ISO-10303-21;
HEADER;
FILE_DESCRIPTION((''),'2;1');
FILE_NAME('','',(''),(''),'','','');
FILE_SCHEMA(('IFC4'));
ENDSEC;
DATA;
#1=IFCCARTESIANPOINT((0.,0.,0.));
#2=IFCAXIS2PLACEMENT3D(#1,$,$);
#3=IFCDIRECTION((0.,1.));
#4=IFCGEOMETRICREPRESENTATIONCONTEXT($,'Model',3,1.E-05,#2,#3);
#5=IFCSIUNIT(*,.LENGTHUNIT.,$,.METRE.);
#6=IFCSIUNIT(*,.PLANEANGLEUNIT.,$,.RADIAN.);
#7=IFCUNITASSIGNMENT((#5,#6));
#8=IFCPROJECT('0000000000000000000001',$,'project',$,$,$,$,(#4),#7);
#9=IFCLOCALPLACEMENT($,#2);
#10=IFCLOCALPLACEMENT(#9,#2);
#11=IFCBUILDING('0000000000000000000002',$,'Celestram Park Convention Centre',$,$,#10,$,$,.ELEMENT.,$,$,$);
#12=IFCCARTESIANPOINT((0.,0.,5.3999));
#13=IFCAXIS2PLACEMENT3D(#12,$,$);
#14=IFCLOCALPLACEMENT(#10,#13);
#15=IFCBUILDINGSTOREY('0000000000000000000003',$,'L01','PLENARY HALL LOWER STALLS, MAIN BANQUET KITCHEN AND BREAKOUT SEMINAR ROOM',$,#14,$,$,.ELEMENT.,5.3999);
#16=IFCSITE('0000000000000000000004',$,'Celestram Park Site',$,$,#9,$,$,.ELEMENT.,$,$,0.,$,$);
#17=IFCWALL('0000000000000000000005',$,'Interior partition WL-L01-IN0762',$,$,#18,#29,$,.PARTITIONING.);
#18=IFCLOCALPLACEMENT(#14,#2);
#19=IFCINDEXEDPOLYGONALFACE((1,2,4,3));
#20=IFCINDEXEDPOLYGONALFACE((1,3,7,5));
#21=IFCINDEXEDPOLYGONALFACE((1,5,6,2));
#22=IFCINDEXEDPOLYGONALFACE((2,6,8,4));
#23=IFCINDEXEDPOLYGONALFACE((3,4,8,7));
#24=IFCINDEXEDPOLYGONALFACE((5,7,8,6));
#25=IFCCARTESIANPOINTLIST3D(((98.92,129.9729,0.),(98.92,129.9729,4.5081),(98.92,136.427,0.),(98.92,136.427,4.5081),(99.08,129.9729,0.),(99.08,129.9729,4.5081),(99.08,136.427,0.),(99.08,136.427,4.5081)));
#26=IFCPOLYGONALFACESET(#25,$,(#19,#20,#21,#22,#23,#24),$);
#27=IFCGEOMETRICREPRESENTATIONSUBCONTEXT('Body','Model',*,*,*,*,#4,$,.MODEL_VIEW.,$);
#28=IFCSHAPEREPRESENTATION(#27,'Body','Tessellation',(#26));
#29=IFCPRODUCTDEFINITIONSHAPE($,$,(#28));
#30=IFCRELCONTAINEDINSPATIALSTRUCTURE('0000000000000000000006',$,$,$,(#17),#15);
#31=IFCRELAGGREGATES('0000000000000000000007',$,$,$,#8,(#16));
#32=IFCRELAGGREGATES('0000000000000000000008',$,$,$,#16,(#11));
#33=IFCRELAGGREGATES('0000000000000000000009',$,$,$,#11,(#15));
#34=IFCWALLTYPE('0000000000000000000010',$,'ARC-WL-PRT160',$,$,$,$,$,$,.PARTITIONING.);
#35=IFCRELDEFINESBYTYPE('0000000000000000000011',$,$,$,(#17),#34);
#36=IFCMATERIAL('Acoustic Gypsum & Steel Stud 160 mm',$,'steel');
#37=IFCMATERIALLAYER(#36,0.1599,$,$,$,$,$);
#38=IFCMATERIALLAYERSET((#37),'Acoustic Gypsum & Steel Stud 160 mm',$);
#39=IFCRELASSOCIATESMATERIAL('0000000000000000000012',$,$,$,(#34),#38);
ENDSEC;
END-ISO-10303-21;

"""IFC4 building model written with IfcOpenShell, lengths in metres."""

from ifc_helpers import new_model, si_unit, direction, frame, frame_2d, origin, place, context, subcontext, project, spatial, rectangle, extrude, material, layer, layer_set, type_object, element, save


model = new_model("IFC4")

# Units and contexts
model_context = context("Model", 3, precision=1e-05, world=origin(), true_north=direction((0.0, 1.0)))
body_context = subcontext(model_context, "Body", "Model", "MODEL_VIEW")
ifc_project = project(units=[si_unit("LENGTHUNIT", "METRE"), si_unit("PLANEANGLEUNIT", "RADIAN")], contexts=[model_context])

# Site, building, storey
site_placement = place(None, origin())
site = spatial("IfcSite", under=ifc_project, at=site_placement, Name="Celestram Park Site", CompositionType="ELEMENT", RefElevation=0.0)
building_placement = place(site_placement, origin())
building = spatial("IfcBuilding", under=site, at=building_placement, Name="Celestram Park Convention Centre", CompositionType="ELEMENT")
storey_placement = place(building_placement, frame((0.0, 0.0, 5.3999)))
storey = spatial("IfcBuildingStorey", under=building, at=storey_placement, Name="L01", Description="PLENARY HALL LOWER STALLS, MAIN BANQUET KITCHEN AND BREAKOUT SEMINAR ROOM", CompositionType="ELEMENT", Elevation=5.3999)

# Wall
ifc_material_1 = material(Name="Acoustic Gypsum & Steel Stud 160 mm", Category="steel")
ifc_layer_1 = layer(ifc_material_1, 0.1599)
ifc_layer_set_1 = layer_set([ifc_layer_1], Name="Acoustic Gypsum & Steel Stud 160 mm")
wall_type_1 = type_object("IfcWallType", Name="ARC-WL-PRT160", PredefinedType="PARTITIONING", material=ifc_layer_set_1)
wall_1_placement = place(storey_placement, frame((99.0, 129.9729, 0.0), z_axis=(0.0, 0.0, 1.0), x_axis=(0.0, 1.0, 0.0)))
element("IfcWall", 1, at=wall_1_placement, inside=storey, type_object=wall_type_1, Name="Interior partition WL-L01-IN0762", PredefinedType="PARTITIONING", context=body_context, shape_type="SweptSolid", body=[
    extrude(rectangle(XDim=6.4541, YDim=0.1599, at=frame_2d((3.2271, 0.0))), origin(), (0.0, 0.0, 1.0), 4.5081),
])

save(model, "model.ifc")
